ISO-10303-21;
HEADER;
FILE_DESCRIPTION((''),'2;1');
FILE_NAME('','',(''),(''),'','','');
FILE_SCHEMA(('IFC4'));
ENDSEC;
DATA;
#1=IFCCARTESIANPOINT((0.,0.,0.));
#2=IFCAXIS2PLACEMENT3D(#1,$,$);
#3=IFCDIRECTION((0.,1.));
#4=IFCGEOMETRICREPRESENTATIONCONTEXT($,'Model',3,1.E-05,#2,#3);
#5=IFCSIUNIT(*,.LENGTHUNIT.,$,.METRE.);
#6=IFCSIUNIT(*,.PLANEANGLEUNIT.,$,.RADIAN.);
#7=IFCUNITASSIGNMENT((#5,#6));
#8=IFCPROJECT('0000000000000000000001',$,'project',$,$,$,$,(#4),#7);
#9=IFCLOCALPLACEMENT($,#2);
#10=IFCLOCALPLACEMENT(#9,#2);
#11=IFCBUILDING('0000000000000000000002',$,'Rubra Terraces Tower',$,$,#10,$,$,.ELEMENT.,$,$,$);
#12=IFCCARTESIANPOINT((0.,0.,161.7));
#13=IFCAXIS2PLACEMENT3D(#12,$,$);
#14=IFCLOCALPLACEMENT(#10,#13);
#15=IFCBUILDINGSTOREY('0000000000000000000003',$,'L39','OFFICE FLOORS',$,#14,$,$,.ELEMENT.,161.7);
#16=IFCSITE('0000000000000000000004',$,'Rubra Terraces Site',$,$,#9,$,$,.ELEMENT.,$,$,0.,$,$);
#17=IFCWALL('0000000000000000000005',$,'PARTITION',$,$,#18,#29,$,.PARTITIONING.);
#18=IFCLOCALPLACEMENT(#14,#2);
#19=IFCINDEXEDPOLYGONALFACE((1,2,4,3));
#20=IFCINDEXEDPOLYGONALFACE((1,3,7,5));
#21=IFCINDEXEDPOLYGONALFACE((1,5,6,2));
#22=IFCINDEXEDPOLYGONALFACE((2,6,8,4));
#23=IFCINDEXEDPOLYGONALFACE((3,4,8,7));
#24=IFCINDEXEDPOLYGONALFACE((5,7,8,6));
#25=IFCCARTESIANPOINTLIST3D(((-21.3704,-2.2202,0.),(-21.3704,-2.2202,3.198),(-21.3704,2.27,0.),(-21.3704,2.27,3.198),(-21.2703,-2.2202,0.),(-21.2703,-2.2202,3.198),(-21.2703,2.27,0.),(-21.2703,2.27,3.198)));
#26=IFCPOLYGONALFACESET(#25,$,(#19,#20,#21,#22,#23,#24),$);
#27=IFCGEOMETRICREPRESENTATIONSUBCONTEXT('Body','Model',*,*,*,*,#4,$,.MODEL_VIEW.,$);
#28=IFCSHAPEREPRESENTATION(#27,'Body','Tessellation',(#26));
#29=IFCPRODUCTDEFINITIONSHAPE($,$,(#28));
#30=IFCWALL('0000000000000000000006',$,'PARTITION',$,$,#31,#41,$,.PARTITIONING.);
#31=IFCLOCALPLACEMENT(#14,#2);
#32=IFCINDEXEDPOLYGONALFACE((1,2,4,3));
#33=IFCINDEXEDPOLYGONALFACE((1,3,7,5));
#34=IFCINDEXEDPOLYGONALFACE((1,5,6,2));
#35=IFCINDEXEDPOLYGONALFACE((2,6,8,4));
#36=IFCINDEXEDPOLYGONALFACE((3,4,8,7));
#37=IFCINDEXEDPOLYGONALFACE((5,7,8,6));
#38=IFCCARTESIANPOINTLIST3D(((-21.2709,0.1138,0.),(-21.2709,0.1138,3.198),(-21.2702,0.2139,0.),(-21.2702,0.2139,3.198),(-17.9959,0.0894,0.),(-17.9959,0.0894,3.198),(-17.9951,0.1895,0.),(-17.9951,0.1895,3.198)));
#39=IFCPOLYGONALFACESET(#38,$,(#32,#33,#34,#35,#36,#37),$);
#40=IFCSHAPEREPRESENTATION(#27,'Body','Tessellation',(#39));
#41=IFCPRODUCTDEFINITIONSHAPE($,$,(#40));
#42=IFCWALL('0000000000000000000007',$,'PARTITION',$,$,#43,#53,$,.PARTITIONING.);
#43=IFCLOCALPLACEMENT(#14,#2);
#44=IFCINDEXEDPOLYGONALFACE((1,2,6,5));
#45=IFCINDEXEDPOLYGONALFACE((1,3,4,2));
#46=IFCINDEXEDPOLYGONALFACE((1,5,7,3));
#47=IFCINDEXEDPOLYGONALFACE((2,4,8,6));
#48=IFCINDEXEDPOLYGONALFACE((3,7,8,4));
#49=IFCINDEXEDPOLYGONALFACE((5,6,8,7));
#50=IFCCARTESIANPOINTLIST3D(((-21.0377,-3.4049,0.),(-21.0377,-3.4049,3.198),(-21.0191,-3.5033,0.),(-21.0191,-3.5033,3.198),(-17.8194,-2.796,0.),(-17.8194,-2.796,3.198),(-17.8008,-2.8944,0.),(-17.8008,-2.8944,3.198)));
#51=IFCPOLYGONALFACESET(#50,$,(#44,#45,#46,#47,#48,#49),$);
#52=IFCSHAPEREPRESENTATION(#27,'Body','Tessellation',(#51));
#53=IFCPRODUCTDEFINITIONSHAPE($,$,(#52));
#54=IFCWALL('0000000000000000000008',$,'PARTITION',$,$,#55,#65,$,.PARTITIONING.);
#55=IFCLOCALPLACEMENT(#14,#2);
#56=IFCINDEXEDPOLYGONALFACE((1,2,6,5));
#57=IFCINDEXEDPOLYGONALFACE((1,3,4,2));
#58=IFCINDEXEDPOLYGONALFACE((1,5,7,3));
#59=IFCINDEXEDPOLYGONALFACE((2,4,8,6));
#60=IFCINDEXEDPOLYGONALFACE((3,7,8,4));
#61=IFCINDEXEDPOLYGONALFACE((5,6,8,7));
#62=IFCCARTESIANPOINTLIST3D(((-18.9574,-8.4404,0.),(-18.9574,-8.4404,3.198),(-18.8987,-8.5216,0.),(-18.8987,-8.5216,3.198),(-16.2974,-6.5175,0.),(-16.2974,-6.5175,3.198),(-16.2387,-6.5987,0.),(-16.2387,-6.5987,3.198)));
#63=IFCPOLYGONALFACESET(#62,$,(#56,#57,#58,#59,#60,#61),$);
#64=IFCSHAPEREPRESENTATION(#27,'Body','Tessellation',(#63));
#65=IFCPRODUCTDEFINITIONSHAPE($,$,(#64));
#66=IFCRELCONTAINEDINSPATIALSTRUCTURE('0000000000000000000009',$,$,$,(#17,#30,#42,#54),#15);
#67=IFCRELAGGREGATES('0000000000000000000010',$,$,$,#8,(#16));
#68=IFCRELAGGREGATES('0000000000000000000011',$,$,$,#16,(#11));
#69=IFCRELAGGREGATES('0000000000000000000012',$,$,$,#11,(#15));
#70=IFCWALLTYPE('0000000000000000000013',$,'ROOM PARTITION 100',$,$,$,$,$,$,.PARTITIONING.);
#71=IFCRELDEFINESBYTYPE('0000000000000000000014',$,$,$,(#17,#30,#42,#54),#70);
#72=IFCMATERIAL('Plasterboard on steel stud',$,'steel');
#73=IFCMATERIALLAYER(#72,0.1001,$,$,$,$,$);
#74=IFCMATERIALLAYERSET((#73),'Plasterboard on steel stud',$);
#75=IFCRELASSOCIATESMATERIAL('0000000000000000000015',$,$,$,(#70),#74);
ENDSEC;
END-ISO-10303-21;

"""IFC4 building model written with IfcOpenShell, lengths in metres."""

from ifc_helpers import new_model, si_unit, direction, frame, frame_2d, origin, place, context, subcontext, project, spatial, rectangle, extrude, material, layer, layer_set, type_object, element, save


model = new_model("IFC4")

# Units and contexts
model_context = context("Model", 3, precision=1e-05, world=origin(), true_north=direction((0.0, 1.0)))
body_context = subcontext(model_context, "Body", "Model", "MODEL_VIEW")
ifc_project = project(units=[si_unit("LENGTHUNIT", "METRE"), si_unit("PLANEANGLEUNIT", "RADIAN")], contexts=[model_context])

# Site, building, storey
site_placement = place(None, origin())
site = spatial("IfcSite", under=ifc_project, at=site_placement, Name="Rubra Terraces Site", CompositionType="ELEMENT", RefElevation=0.0)
building_placement = place(site_placement, origin())
building = spatial("IfcBuilding", under=site, at=building_placement, Name="Rubra Terraces Tower", CompositionType="ELEMENT")
storey_placement = place(building_placement, frame((0.0, 0.0, 161.7)))
storey = spatial("IfcBuildingStorey", under=building, at=storey_placement, Name="L39", Description="OFFICE FLOORS", CompositionType="ELEMENT", Elevation=161.7)

# Walls
ifc_material_1 = material(Name="Plasterboard on steel stud", Category="steel")
ifc_layer_1 = layer(ifc_material_1, 0.1001)
ifc_layer_set_1 = layer_set([ifc_layer_1], Name="Plasterboard on steel stud")
wall_type_1 = type_object("IfcWallType", Name="ROOM PARTITION 100", PredefinedType="PARTITIONING", material=ifc_layer_set_1)
wall_1_placement = place(storey_placement, frame((-21.3203, -2.2202, 0.0), z_axis=(0.0, 0.0, 1.0), x_axis=(0.0, 1.0, 0.0)))
element("IfcWall", 1, at=wall_1_placement, inside=storey, type_object=wall_type_1, Name="PARTITION", PredefinedType="PARTITIONING", context=body_context, shape_type="SweptSolid", body=[
    extrude(rectangle(XDim=4.4902, YDim=0.1001, at=frame_2d((2.2451, 0.0))), origin(), (0.0, 0.0, 1.0), 3.198),
])
wall_2_placement = place(storey_placement, frame((-17.9954, 0.1394, 0.0), z_axis=(0.0, 0.0, 1.0), x_axis=(-0.999972, 0.007454, 0.0)))
element("IfcWall", 2, at=wall_2_placement, inside=storey, type_object=wall_type_1, Name="PARTITION", PredefinedType="PARTITIONING", context=body_context, shape_type="SweptSolid", body=[
    extrude(rectangle(XDim=3.2751, YDim=0.1001, at=frame_2d((1.6377, 0.0))), origin(), (0.0, 0.0, 1.0), 3.198),
])
wall_3_placement = place(storey_placement, frame((-17.8101, -2.8452, 0.0), z_axis=(0.0, 0.0, 1.0), x_axis=(-0.982569, -0.185899, 0.0)))
element("IfcWall", 3, at=wall_3_placement, inside=storey, type_object=wall_type_1, Name="PARTITION", PredefinedType="PARTITIONING", context=body_context, shape_type="SweptSolid", body=[
    extrude(rectangle(XDim=3.2754, YDim=0.1001, at=frame_2d((1.6377, 0.0))), origin(), (0.0, 0.0, 1.0), 3.198),
])
wall_4_placement = place(storey_placement, frame((-16.2681, -6.5581, 0.0), z_axis=(0.0, 0.0, 1.0), x_axis=(-0.810418, -0.585852, 0.0)))
element("IfcWall", 4, at=wall_4_placement, inside=storey, type_object=wall_type_1, Name="PARTITION", PredefinedType="PARTITIONING", context=body_context, shape_type="SweptSolid", body=[
    extrude(rectangle(XDim=3.2822, YDim=0.1001, at=frame_2d((1.6411, 0.0))), origin(), (0.0, 0.0, 1.0), 3.198),
])

save(model, "model.ifc")
